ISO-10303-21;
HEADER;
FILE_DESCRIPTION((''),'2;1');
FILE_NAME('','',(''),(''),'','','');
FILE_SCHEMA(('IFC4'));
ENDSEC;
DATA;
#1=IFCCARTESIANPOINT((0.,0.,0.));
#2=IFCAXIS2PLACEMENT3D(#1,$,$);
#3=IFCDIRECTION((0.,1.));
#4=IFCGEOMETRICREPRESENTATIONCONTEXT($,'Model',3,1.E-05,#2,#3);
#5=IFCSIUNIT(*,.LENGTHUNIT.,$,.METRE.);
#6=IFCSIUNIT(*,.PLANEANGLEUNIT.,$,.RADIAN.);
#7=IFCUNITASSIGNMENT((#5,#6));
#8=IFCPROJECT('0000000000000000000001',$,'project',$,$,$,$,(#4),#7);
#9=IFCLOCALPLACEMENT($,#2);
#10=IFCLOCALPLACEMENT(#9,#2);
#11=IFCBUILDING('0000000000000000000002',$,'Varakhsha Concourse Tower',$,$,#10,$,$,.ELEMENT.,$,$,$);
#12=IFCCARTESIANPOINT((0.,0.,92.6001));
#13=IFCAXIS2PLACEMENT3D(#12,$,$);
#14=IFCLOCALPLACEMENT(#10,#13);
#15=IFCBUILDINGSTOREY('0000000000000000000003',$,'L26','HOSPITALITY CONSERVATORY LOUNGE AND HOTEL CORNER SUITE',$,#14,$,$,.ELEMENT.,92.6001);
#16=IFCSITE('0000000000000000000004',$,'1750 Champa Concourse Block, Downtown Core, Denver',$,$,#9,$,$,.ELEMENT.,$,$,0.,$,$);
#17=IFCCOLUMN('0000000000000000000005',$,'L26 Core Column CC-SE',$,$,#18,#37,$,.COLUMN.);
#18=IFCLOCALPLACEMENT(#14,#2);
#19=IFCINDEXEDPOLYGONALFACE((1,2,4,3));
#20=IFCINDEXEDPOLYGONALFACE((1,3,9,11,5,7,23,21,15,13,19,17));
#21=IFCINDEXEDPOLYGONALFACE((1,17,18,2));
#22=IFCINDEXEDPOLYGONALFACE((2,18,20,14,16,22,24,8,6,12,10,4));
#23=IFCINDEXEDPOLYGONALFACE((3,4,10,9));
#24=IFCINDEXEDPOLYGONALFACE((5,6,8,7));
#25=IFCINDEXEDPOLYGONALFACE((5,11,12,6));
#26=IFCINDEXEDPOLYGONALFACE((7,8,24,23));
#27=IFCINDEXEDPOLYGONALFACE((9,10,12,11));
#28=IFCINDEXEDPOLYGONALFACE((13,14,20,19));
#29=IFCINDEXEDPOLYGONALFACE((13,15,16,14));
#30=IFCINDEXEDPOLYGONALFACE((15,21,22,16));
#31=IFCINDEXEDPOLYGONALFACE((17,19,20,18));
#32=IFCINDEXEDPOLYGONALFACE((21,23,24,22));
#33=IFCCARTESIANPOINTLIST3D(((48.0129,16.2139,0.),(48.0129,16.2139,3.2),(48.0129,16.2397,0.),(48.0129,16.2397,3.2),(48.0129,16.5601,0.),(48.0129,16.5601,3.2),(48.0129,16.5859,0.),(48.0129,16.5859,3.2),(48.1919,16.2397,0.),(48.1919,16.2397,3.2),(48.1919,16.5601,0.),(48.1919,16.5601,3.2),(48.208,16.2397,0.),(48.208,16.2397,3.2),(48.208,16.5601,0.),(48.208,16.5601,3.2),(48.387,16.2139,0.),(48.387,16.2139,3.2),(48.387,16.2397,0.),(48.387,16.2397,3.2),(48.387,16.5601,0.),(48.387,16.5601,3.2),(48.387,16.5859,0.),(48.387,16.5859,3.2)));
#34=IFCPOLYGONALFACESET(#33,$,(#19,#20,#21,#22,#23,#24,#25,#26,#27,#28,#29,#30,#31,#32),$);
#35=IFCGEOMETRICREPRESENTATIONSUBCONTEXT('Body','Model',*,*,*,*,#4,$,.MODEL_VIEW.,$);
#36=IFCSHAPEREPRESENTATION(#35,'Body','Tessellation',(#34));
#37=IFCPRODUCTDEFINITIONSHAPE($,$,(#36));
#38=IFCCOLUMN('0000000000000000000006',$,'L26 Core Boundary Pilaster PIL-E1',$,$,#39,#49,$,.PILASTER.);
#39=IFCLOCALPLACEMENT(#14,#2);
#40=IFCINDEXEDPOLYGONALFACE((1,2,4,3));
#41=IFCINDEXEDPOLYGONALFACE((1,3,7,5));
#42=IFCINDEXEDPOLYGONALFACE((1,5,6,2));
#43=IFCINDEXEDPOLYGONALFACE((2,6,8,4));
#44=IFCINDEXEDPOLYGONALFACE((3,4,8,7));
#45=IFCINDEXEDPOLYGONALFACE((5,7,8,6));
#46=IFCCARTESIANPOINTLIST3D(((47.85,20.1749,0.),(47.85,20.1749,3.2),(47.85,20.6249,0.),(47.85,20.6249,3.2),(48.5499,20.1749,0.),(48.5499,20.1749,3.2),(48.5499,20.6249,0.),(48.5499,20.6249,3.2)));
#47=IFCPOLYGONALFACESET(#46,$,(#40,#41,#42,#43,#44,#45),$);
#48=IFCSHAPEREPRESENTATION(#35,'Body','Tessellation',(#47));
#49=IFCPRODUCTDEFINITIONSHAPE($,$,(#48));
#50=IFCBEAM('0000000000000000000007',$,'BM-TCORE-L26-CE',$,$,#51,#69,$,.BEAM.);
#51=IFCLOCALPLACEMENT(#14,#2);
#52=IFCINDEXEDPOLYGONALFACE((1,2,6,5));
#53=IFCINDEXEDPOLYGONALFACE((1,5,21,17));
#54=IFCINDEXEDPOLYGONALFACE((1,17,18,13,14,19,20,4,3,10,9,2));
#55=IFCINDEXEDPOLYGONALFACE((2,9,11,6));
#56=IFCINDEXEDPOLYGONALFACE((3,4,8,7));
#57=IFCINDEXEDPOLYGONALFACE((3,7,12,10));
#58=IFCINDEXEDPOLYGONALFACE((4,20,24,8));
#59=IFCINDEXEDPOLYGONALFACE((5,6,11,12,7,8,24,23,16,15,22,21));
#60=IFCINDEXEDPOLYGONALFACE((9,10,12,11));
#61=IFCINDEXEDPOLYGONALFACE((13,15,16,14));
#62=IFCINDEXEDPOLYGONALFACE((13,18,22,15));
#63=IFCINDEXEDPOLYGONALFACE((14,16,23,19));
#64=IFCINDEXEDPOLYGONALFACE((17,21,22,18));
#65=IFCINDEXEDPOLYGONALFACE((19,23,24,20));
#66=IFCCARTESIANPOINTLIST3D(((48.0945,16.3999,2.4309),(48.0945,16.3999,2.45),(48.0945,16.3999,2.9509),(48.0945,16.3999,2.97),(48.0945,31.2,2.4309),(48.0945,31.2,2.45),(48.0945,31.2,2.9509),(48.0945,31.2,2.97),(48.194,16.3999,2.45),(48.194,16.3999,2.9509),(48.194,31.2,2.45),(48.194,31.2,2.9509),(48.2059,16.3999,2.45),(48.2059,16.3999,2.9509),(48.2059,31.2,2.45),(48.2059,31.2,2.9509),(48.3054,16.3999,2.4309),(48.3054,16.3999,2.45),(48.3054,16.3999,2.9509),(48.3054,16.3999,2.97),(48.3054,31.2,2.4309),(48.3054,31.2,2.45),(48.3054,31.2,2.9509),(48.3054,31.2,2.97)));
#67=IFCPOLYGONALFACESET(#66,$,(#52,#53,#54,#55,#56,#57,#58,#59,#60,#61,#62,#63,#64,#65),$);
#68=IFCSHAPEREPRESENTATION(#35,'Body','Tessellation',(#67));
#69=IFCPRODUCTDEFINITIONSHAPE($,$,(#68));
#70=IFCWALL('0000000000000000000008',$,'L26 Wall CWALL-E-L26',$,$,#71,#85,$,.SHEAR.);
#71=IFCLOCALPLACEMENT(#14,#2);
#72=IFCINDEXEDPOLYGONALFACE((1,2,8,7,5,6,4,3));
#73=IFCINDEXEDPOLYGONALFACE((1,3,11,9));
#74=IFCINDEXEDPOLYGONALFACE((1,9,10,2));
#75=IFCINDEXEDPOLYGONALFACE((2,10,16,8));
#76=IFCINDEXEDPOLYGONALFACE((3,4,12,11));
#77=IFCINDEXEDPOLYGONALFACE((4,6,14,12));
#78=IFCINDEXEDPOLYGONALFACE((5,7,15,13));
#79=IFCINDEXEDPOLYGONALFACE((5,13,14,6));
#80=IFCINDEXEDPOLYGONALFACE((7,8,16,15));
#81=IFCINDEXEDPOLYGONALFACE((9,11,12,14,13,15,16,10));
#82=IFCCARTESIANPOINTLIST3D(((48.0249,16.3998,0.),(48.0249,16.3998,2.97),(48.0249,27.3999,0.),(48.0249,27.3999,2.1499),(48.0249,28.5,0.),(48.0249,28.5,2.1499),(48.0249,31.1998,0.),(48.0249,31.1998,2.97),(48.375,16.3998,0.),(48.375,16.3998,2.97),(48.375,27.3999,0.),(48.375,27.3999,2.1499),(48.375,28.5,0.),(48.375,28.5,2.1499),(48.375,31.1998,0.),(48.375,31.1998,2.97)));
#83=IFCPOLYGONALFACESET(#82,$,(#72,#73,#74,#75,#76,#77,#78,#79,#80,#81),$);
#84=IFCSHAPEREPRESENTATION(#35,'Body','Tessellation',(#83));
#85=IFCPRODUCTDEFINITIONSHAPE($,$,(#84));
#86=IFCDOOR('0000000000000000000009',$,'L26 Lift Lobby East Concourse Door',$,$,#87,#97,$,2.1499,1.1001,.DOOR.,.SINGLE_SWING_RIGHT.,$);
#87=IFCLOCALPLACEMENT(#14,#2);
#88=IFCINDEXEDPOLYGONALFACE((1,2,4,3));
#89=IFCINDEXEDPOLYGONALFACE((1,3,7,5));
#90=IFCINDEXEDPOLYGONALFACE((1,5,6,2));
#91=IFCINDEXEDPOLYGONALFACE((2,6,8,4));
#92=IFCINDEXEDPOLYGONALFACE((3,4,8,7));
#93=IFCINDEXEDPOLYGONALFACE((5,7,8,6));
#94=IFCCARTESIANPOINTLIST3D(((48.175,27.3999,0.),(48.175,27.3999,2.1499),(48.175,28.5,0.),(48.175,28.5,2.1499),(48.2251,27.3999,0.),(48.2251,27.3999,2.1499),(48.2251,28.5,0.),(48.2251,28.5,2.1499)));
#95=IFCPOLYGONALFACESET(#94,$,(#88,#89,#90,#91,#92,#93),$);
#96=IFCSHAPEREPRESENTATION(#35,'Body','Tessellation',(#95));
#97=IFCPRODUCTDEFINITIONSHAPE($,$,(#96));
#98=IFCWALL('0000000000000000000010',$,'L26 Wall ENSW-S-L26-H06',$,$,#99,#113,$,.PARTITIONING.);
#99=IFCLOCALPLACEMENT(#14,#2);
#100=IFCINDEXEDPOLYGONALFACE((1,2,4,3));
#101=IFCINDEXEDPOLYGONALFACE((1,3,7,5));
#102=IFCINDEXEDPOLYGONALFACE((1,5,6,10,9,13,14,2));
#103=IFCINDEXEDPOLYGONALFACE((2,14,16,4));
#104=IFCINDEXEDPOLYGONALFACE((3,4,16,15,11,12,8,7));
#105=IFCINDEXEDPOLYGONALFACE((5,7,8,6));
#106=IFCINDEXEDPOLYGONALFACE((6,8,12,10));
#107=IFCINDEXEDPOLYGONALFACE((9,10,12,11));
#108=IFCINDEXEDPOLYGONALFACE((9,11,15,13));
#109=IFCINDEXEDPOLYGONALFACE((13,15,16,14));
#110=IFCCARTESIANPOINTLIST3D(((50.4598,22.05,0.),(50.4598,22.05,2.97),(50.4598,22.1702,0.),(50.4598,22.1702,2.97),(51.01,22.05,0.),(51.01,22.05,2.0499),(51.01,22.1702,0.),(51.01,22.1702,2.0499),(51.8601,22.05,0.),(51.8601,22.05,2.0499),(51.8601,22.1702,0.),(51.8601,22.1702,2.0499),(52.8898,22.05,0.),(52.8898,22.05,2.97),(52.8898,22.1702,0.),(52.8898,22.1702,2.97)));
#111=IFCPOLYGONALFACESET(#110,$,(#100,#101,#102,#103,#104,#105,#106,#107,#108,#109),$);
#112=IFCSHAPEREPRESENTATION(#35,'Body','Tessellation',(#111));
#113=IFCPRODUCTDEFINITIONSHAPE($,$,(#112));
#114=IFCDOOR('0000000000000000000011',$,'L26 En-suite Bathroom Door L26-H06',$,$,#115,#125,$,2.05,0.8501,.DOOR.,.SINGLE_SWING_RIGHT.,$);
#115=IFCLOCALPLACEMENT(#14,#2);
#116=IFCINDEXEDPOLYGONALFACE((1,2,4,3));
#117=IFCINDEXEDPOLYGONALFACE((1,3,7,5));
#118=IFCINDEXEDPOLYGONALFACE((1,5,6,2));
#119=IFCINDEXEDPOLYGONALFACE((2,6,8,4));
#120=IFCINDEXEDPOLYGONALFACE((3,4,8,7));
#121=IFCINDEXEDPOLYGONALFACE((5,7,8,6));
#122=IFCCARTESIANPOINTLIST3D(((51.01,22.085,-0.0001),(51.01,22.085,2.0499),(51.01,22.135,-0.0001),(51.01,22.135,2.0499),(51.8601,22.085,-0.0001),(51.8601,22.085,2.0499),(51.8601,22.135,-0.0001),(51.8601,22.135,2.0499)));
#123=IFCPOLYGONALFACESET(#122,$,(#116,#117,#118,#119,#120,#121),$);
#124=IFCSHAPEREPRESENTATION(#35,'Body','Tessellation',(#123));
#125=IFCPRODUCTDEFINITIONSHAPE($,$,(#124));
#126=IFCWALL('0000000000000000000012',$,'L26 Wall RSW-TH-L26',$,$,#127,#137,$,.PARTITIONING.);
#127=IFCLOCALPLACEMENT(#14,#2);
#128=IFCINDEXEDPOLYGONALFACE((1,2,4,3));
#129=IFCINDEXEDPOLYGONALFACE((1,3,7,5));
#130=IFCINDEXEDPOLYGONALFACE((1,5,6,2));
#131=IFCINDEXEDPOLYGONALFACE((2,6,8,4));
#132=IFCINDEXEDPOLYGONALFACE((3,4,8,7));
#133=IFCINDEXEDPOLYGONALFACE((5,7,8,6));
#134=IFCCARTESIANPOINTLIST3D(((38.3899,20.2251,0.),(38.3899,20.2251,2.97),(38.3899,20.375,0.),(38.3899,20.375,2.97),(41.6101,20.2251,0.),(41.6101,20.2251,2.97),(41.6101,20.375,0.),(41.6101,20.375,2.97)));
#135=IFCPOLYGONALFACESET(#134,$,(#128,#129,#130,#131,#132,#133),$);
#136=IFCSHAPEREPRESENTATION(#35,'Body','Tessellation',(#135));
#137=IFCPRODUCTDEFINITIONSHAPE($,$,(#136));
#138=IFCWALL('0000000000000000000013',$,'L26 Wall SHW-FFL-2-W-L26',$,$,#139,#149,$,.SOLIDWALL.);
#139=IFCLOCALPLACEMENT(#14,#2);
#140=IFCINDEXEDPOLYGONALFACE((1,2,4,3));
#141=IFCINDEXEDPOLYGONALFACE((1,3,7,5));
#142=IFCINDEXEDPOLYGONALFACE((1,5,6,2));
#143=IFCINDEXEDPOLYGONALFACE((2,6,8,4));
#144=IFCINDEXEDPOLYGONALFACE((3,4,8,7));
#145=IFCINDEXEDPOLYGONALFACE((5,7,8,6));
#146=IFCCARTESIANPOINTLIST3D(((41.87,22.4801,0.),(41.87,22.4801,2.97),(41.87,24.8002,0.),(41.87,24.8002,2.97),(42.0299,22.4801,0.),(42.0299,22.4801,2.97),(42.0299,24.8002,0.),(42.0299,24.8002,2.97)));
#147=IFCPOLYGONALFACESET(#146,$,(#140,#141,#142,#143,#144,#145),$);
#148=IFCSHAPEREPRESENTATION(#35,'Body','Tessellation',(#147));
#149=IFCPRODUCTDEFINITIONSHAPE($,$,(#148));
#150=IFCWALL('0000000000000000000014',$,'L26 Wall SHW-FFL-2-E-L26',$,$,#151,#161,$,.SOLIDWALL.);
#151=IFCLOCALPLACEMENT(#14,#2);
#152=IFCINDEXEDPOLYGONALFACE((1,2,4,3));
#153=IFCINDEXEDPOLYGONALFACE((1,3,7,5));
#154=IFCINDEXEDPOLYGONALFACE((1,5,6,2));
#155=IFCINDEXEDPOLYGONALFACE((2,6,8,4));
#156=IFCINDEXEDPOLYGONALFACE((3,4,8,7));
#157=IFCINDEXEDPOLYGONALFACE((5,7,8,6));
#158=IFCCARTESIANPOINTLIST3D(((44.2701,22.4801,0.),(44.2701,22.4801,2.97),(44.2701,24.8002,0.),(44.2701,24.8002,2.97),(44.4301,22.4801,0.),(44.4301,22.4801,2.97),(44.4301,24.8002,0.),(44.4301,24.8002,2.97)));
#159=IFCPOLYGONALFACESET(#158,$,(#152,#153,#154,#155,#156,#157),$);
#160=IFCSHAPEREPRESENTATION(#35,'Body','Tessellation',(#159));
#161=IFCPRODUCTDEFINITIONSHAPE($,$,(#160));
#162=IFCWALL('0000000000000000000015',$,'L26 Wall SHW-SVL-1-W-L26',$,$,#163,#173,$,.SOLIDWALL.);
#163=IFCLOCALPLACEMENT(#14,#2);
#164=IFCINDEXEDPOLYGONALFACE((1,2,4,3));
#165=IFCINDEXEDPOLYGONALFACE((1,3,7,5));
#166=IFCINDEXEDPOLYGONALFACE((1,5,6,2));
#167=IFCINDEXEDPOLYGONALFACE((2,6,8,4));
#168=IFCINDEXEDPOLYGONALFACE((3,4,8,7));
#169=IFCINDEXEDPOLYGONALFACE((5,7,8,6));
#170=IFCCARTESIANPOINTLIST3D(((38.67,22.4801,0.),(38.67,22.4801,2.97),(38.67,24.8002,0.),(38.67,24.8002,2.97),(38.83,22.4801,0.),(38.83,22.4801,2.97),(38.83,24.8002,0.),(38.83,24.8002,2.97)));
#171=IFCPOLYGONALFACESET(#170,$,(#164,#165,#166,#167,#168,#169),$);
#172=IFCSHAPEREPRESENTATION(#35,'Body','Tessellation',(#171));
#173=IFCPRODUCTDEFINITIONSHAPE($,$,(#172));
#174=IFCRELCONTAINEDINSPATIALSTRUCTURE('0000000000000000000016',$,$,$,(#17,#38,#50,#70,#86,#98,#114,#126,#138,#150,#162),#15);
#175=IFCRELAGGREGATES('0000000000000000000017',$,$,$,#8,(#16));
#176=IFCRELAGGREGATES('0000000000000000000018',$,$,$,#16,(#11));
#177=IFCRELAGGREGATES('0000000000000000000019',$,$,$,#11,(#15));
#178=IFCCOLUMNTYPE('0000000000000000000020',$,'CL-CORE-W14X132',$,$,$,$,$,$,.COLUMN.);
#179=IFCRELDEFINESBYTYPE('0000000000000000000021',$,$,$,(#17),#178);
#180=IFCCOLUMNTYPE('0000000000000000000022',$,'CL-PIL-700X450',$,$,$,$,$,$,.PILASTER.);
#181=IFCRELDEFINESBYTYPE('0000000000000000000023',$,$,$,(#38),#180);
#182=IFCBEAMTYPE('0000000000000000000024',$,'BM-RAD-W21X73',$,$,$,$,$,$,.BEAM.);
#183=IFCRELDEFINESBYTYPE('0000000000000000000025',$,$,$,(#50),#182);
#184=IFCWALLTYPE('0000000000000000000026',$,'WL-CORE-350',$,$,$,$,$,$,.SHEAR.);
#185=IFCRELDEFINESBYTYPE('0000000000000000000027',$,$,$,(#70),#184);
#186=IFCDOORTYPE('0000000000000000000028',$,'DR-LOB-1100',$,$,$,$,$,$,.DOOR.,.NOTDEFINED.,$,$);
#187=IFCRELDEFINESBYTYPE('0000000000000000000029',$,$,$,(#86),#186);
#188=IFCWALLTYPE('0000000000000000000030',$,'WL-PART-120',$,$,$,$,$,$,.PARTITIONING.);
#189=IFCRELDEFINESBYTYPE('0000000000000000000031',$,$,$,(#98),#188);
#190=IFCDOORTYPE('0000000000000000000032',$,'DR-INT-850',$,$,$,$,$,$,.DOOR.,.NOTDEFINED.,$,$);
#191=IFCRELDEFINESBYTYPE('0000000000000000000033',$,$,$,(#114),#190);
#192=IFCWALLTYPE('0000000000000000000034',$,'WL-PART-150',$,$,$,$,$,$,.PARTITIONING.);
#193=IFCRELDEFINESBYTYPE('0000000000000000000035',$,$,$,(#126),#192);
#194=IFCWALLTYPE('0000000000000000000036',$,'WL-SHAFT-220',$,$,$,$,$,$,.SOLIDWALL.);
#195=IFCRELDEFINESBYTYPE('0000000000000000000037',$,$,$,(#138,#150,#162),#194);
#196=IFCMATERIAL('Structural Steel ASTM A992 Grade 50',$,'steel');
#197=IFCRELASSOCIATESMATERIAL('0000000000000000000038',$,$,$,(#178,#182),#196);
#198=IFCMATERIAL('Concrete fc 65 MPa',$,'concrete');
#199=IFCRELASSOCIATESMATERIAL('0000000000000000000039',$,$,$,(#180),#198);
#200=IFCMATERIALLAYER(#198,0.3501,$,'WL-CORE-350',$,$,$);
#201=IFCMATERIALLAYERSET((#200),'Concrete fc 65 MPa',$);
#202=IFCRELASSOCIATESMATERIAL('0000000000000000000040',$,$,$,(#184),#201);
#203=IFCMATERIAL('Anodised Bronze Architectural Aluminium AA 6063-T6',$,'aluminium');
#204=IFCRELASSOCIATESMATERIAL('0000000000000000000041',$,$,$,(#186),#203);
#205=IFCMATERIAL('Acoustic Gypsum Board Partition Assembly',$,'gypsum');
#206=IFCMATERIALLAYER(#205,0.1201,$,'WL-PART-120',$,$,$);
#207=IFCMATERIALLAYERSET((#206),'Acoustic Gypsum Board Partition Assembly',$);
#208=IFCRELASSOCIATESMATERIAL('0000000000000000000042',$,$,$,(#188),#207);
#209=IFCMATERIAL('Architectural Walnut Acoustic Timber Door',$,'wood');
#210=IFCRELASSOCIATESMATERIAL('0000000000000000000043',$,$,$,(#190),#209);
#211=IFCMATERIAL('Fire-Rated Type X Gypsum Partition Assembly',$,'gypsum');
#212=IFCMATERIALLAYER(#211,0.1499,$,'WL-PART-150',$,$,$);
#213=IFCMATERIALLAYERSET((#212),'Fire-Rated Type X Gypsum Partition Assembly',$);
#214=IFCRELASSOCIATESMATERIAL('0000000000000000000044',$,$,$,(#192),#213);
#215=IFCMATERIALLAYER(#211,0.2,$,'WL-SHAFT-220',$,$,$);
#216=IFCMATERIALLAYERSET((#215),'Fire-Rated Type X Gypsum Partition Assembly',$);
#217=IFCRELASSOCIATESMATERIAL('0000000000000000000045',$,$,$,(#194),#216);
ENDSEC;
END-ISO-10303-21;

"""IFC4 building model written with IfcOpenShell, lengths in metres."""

from ifc_helpers import new_model, si_unit, direction, frame, frame_2d, origin, origin_2d, place, context, subcontext, project, spatial, rectangle, i_section, extrude, material, layer, layer_set, material_profile, profile_set, type_object, element, fill, save


model = new_model("IFC4")

# Units and contexts
model_context = context("Model", 3, precision=1e-05, world=origin(), true_north=direction((0.0, 1.0)))
body_context = subcontext(model_context, "Body", "Model", "MODEL_VIEW")
ifc_project = project(units=[si_unit("LENGTHUNIT", "METRE"), si_unit("PLANEANGLEUNIT", "RADIAN")], contexts=[model_context])

# Site, building, storey
site_placement = place(None, origin())
site = spatial("IfcSite", under=ifc_project, at=site_placement, Name="1750 Champa Concourse Block, Downtown Core, Denver", CompositionType="ELEMENT", RefElevation=0.0)
building_placement = place(site_placement, origin())
building = spatial("IfcBuilding", under=site, at=building_placement, Name="Varakhsha Concourse Tower", CompositionType="ELEMENT")
storey_placement = place(building_placement, frame((0.0, 0.0, 92.6001)))
storey = spatial("IfcBuildingStorey", under=building, at=storey_placement, Name="L26", Description="HOSPITALITY CONSERVATORY LOUNGE AND HOTEL CORNER SUITE", CompositionType="ELEMENT", Elevation=92.6001)

# Columns
ifc_material_1 = material(Name="Structural Steel ASTM A992 Grade 50", Category="steel")
ifc_material_profile_1 = material_profile(ifc_material_1, i_section(OverallWidth=0.374, OverallDepth=0.3721, WebThickness=0.0161, FlangeThickness=0.0259, at=origin_2d()), Name="W14X132")
ifc_profile_set_1 = profile_set([ifc_material_profile_1], Name="Structural Steel ASTM A992 Grade 50")
column_type_1 = type_object("IfcColumnType", Name="CL-CORE-W14X132", PredefinedType="COLUMN", material=ifc_profile_set_1)
column_1_placement = place(storey_placement, frame((48.2, 16.3999, 0.0), z_axis=(0.0, 0.0, 1.0), x_axis=(1.0, 0.0, 0.0)))
element("IfcColumn", 1, at=column_1_placement, inside=storey, type_object=column_type_1, Name="L26 Core Column CC-SE", PredefinedType="COLUMN", context=body_context, shape_type="SweptSolid", body=[
    extrude(i_section(OverallWidth=0.374, OverallDepth=0.3721, WebThickness=0.0161, FlangeThickness=0.0259, at=origin_2d()), origin(), (0.0, 0.0, 1.0), 3.2),
])
ifc_material_2 = material(Name="Concrete fc 65 MPa", Category="concrete")
ifc_material_profile_2 = material_profile(ifc_material_2, rectangle(XDim=0.7, YDim=0.45, at=origin_2d()), Name="RC 700x450")
ifc_profile_set_2 = profile_set([ifc_material_profile_2], Name="Concrete fc 65 MPa")
column_type_2 = type_object("IfcColumnType", Name="CL-PIL-700X450", PredefinedType="PILASTER", material=ifc_profile_set_2)
column_2_placement = place(storey_placement, frame((48.2, 20.3999, 0.0), z_axis=(0.0, 0.0, 1.0), x_axis=(1.0, 0.0, 0.0)))
element("IfcColumn", 2, at=column_2_placement, inside=storey, type_object=column_type_2, Name="L26 Core Boundary Pilaster PIL-E1", PredefinedType="PILASTER", context=body_context, shape_type="SweptSolid", body=[
    extrude(rectangle(XDim=0.7, YDim=0.45, at=origin_2d()), origin(), (0.0, 0.0, 1.0), 3.2),
])

# Beam
ifc_material_profile_3 = material_profile(ifc_material_1, i_section(OverallWidth=0.2109, OverallDepth=0.5391, WebThickness=0.012, FlangeThickness=0.019, at=origin_2d()), Name="W21X73")
ifc_profile_set_3 = profile_set([ifc_material_profile_3], Name="Structural Steel ASTM A992 Grade 50")
beam_type = type_object("IfcBeamType", Name="BM-RAD-W21X73", PredefinedType="BEAM", material=ifc_profile_set_3)
beam_placement = place(storey_placement, frame((48.2, 16.3999, 2.7004), z_axis=(0.0, 1.0, 0.0), x_axis=(-1.0, 0.0, 0.0)))
element("IfcBeam", 3, at=beam_placement, inside=storey, type_object=beam_type, Name="BM-TCORE-L26-CE", PredefinedType="BEAM", context=body_context, shape_type="SweptSolid", body=[
    extrude(i_section(OverallWidth=0.2109, OverallDepth=0.5391, WebThickness=0.012, FlangeThickness=0.019, at=origin_2d()), origin(), (0.0, 0.0, 1.0), 14.8),
])

# Walls, openings, doors
ifc_layer_1 = layer(ifc_material_2, 0.3501, Name="WL-CORE-350")
ifc_layer_set_1 = layer_set([ifc_layer_1], Name="Concrete fc 65 MPa")
wall_type_1 = type_object("IfcWallType", Name="WL-CORE-350", PredefinedType="SHEAR", material=ifc_layer_set_1)
wall_1_placement = place(storey_placement, frame((48.2, 16.3999, 0.0), z_axis=(0.0, 0.0, 1.0), x_axis=(0.0, 1.0, 0.0)))
wall_1 = element("IfcWall", 4, at=wall_1_placement, inside=storey, type_object=wall_type_1, Name="L26 Wall CWALL-E-L26", PredefinedType="SHEAR", context=body_context, shape_type="SweptSolid", body=[
    extrude(rectangle(XDim=14.8, YDim=0.3501, at=frame_2d((7.3999, 0.0))), origin(), (0.0, 0.0, 1.0), 2.97),
])
opening_1_placement = place(wall_1_placement, frame((11.0, 0.0, 0.0)))
opening_1 = element("IfcOpeningElement", 5, at=opening_1_placement, cuts=wall_1, PredefinedType="OPENING", context=body_context, shape_type="SweptSolid", body=[
    extrude(rectangle(XDim=1.1001, YDim=2.1499, at=frame_2d((0.55, 1.075))), frame((0.0, 0.1851, 0.0), z_axis=(0.0, -1.0, 0.0), x_axis=(1.0, 0.0, 0.0)), (0.0, 0.0, 1.0), 0.3701),
])
ifc_material_3 = material(Name="Anodised Bronze Architectural Aluminium AA 6063-T6", Category="aluminium")
door_type_1 = type_object("IfcDoorType", Name="DR-LOB-1100", OperationType="NOTDEFINED", PredefinedType="DOOR", material=ifc_material_3)
door_1_placement = place(opening_1_placement, origin())
door_1 = element("IfcDoor", 6, at=door_1_placement, inside=storey, type_object=door_type_1, Name="L26 Lift Lobby East Concourse Door", OperationType="SINGLE_SWING_RIGHT", OverallHeight=2.1499, OverallWidth=1.1001, PredefinedType="DOOR", context=body_context, shape_type="SweptSolid", body=[
    extrude(rectangle(XDim=1.1001, YDim=2.1499, at=frame_2d((0.55, 1.075))), frame((0.0, 0.0249, 0.0), z_axis=(0.0, -1.0, 0.0), x_axis=(1.0, 0.0, 0.0)), (0.0, 0.0, 1.0), 0.05),
])
fill(opening_1, door_1)
ifc_material_4 = material(Name="Acoustic Gypsum Board Partition Assembly", Category="gypsum")
ifc_layer_2 = layer(ifc_material_4, 0.1201, Name="WL-PART-120")
ifc_layer_set_2 = layer_set([ifc_layer_2], Name="Acoustic Gypsum Board Partition Assembly")
wall_type_2 = type_object("IfcWallType", Name="WL-PART-120", PredefinedType="PARTITIONING", material=ifc_layer_set_2)
wall_2_placement = place(storey_placement, frame((50.46, 22.1101, 0.0), z_axis=(0.0, 0.0, 1.0), x_axis=(1.0, 0.0, 0.0)))
wall_2 = element("IfcWall", 7, at=wall_2_placement, inside=storey, type_object=wall_type_2, Name="L26 Wall ENSW-S-L26-H06", PredefinedType="PARTITIONING", context=body_context, shape_type="SweptSolid", body=[
    extrude(rectangle(XDim=2.4299, YDim=0.1201, at=frame_2d((1.2148, 0.0))), origin(), (0.0, 0.0, 1.0), 2.97),
])
opening_2_placement = place(wall_2_placement, frame((0.55, 0.0, 0.0)))
opening_2 = element("IfcOpeningElement", 8, at=opening_2_placement, cuts=wall_2, PredefinedType="OPENING", context=body_context, shape_type="SweptSolid", body=[
    extrude(rectangle(XDim=0.8501, YDim=2.05, at=frame_2d((0.425, 1.0249))), frame((0.0, 0.0701, 0.0), z_axis=(0.0, -1.0, 0.0), x_axis=(1.0, 0.0, 0.0)), (0.0, 0.0, 1.0), 0.1401),
])
ifc_material_5 = material(Name="Architectural Walnut Acoustic Timber Door", Category="wood")
door_type_2 = type_object("IfcDoorType", Name="DR-INT-850", OperationType="NOTDEFINED", PredefinedType="DOOR", material=ifc_material_5)
door_2_placement = place(opening_2_placement, origin())
door_2 = element("IfcDoor", 9, at=door_2_placement, inside=storey, type_object=door_type_2, Name="L26 En-suite Bathroom Door L26-H06", OperationType="SINGLE_SWING_RIGHT", OverallHeight=2.05, OverallWidth=0.8501, PredefinedType="DOOR", context=body_context, shape_type="SweptSolid", body=[
    extrude(rectangle(XDim=0.8501, YDim=2.05, at=frame_2d((0.425, 1.0249))), frame((0.0, 0.0249, 0.0), z_axis=(0.0, -1.0, 0.0), x_axis=(1.0, 0.0, 0.0)), (0.0, 0.0, 1.0), 0.05),
])
fill(opening_2, door_2)

# Walls
ifc_material_6 = material(Name="Fire-Rated Type X Gypsum Partition Assembly", Category="gypsum")
ifc_layer_3 = layer(ifc_material_6, 0.1499, Name="WL-PART-150")
ifc_layer_set_3 = layer_set([ifc_layer_3], Name="Fire-Rated Type X Gypsum Partition Assembly")
wall_type_3 = type_object("IfcWallType", Name="WL-PART-150", PredefinedType="PARTITIONING", material=ifc_layer_set_3)
wall_3_placement = place(storey_placement, frame((38.3899, 20.3, 0.0), z_axis=(0.0, 0.0, 1.0), x_axis=(1.0, 0.0, 0.0)))
element("IfcWall", 10, at=wall_3_placement, inside=storey, type_object=wall_type_3, Name="L26 Wall RSW-TH-L26", PredefinedType="PARTITIONING", context=body_context, shape_type="SweptSolid", body=[
    extrude(rectangle(XDim=3.2202, YDim=0.1499, at=frame_2d((1.6101, 0.0))), origin(), (0.0, 0.0, 1.0), 2.97),
])
ifc_layer_4 = layer(ifc_material_6, 0.2, Name="WL-SHAFT-220")
ifc_layer_set_4 = layer_set([ifc_layer_4], Name="Fire-Rated Type X Gypsum Partition Assembly")
wall_type_4 = type_object("IfcWallType", Name="WL-SHAFT-220", PredefinedType="SOLIDWALL", material=ifc_layer_set_4)
for number, where, z_axis, x_axis, name in (
    (11, (41.95, 22.48, 0.0), (0.0, 0.0, 1.0), (0.0, 1.0, 0.0), "L26 Wall SHW-FFL-2-W-L26"),
    (12, (44.3501, 22.48, 0.0), (0.0, 0.0, 1.0), (0.0, 1.0, 0.0), "L26 Wall SHW-FFL-2-E-L26"),
    (13, (38.75, 22.48, 0.0), (0.0, 0.0, 1.0), (0.0, 1.0, 0.0), "L26 Wall SHW-SVL-1-W-L26"),
):
    element("IfcWall", number, at=place(storey_placement, frame(where, z_axis=z_axis, x_axis=x_axis)), inside=storey, type_object=wall_type_4, Name=name, PredefinedType="SOLIDWALL", context=body_context, shape_type="SweptSolid", body=[
        extrude(rectangle(XDim=2.3201, YDim=0.1599, at=frame_2d((1.1602, 0.0))), origin(), (0.0, 0.0, 1.0), 2.97),
    ])

save(model, "model.ifc")
